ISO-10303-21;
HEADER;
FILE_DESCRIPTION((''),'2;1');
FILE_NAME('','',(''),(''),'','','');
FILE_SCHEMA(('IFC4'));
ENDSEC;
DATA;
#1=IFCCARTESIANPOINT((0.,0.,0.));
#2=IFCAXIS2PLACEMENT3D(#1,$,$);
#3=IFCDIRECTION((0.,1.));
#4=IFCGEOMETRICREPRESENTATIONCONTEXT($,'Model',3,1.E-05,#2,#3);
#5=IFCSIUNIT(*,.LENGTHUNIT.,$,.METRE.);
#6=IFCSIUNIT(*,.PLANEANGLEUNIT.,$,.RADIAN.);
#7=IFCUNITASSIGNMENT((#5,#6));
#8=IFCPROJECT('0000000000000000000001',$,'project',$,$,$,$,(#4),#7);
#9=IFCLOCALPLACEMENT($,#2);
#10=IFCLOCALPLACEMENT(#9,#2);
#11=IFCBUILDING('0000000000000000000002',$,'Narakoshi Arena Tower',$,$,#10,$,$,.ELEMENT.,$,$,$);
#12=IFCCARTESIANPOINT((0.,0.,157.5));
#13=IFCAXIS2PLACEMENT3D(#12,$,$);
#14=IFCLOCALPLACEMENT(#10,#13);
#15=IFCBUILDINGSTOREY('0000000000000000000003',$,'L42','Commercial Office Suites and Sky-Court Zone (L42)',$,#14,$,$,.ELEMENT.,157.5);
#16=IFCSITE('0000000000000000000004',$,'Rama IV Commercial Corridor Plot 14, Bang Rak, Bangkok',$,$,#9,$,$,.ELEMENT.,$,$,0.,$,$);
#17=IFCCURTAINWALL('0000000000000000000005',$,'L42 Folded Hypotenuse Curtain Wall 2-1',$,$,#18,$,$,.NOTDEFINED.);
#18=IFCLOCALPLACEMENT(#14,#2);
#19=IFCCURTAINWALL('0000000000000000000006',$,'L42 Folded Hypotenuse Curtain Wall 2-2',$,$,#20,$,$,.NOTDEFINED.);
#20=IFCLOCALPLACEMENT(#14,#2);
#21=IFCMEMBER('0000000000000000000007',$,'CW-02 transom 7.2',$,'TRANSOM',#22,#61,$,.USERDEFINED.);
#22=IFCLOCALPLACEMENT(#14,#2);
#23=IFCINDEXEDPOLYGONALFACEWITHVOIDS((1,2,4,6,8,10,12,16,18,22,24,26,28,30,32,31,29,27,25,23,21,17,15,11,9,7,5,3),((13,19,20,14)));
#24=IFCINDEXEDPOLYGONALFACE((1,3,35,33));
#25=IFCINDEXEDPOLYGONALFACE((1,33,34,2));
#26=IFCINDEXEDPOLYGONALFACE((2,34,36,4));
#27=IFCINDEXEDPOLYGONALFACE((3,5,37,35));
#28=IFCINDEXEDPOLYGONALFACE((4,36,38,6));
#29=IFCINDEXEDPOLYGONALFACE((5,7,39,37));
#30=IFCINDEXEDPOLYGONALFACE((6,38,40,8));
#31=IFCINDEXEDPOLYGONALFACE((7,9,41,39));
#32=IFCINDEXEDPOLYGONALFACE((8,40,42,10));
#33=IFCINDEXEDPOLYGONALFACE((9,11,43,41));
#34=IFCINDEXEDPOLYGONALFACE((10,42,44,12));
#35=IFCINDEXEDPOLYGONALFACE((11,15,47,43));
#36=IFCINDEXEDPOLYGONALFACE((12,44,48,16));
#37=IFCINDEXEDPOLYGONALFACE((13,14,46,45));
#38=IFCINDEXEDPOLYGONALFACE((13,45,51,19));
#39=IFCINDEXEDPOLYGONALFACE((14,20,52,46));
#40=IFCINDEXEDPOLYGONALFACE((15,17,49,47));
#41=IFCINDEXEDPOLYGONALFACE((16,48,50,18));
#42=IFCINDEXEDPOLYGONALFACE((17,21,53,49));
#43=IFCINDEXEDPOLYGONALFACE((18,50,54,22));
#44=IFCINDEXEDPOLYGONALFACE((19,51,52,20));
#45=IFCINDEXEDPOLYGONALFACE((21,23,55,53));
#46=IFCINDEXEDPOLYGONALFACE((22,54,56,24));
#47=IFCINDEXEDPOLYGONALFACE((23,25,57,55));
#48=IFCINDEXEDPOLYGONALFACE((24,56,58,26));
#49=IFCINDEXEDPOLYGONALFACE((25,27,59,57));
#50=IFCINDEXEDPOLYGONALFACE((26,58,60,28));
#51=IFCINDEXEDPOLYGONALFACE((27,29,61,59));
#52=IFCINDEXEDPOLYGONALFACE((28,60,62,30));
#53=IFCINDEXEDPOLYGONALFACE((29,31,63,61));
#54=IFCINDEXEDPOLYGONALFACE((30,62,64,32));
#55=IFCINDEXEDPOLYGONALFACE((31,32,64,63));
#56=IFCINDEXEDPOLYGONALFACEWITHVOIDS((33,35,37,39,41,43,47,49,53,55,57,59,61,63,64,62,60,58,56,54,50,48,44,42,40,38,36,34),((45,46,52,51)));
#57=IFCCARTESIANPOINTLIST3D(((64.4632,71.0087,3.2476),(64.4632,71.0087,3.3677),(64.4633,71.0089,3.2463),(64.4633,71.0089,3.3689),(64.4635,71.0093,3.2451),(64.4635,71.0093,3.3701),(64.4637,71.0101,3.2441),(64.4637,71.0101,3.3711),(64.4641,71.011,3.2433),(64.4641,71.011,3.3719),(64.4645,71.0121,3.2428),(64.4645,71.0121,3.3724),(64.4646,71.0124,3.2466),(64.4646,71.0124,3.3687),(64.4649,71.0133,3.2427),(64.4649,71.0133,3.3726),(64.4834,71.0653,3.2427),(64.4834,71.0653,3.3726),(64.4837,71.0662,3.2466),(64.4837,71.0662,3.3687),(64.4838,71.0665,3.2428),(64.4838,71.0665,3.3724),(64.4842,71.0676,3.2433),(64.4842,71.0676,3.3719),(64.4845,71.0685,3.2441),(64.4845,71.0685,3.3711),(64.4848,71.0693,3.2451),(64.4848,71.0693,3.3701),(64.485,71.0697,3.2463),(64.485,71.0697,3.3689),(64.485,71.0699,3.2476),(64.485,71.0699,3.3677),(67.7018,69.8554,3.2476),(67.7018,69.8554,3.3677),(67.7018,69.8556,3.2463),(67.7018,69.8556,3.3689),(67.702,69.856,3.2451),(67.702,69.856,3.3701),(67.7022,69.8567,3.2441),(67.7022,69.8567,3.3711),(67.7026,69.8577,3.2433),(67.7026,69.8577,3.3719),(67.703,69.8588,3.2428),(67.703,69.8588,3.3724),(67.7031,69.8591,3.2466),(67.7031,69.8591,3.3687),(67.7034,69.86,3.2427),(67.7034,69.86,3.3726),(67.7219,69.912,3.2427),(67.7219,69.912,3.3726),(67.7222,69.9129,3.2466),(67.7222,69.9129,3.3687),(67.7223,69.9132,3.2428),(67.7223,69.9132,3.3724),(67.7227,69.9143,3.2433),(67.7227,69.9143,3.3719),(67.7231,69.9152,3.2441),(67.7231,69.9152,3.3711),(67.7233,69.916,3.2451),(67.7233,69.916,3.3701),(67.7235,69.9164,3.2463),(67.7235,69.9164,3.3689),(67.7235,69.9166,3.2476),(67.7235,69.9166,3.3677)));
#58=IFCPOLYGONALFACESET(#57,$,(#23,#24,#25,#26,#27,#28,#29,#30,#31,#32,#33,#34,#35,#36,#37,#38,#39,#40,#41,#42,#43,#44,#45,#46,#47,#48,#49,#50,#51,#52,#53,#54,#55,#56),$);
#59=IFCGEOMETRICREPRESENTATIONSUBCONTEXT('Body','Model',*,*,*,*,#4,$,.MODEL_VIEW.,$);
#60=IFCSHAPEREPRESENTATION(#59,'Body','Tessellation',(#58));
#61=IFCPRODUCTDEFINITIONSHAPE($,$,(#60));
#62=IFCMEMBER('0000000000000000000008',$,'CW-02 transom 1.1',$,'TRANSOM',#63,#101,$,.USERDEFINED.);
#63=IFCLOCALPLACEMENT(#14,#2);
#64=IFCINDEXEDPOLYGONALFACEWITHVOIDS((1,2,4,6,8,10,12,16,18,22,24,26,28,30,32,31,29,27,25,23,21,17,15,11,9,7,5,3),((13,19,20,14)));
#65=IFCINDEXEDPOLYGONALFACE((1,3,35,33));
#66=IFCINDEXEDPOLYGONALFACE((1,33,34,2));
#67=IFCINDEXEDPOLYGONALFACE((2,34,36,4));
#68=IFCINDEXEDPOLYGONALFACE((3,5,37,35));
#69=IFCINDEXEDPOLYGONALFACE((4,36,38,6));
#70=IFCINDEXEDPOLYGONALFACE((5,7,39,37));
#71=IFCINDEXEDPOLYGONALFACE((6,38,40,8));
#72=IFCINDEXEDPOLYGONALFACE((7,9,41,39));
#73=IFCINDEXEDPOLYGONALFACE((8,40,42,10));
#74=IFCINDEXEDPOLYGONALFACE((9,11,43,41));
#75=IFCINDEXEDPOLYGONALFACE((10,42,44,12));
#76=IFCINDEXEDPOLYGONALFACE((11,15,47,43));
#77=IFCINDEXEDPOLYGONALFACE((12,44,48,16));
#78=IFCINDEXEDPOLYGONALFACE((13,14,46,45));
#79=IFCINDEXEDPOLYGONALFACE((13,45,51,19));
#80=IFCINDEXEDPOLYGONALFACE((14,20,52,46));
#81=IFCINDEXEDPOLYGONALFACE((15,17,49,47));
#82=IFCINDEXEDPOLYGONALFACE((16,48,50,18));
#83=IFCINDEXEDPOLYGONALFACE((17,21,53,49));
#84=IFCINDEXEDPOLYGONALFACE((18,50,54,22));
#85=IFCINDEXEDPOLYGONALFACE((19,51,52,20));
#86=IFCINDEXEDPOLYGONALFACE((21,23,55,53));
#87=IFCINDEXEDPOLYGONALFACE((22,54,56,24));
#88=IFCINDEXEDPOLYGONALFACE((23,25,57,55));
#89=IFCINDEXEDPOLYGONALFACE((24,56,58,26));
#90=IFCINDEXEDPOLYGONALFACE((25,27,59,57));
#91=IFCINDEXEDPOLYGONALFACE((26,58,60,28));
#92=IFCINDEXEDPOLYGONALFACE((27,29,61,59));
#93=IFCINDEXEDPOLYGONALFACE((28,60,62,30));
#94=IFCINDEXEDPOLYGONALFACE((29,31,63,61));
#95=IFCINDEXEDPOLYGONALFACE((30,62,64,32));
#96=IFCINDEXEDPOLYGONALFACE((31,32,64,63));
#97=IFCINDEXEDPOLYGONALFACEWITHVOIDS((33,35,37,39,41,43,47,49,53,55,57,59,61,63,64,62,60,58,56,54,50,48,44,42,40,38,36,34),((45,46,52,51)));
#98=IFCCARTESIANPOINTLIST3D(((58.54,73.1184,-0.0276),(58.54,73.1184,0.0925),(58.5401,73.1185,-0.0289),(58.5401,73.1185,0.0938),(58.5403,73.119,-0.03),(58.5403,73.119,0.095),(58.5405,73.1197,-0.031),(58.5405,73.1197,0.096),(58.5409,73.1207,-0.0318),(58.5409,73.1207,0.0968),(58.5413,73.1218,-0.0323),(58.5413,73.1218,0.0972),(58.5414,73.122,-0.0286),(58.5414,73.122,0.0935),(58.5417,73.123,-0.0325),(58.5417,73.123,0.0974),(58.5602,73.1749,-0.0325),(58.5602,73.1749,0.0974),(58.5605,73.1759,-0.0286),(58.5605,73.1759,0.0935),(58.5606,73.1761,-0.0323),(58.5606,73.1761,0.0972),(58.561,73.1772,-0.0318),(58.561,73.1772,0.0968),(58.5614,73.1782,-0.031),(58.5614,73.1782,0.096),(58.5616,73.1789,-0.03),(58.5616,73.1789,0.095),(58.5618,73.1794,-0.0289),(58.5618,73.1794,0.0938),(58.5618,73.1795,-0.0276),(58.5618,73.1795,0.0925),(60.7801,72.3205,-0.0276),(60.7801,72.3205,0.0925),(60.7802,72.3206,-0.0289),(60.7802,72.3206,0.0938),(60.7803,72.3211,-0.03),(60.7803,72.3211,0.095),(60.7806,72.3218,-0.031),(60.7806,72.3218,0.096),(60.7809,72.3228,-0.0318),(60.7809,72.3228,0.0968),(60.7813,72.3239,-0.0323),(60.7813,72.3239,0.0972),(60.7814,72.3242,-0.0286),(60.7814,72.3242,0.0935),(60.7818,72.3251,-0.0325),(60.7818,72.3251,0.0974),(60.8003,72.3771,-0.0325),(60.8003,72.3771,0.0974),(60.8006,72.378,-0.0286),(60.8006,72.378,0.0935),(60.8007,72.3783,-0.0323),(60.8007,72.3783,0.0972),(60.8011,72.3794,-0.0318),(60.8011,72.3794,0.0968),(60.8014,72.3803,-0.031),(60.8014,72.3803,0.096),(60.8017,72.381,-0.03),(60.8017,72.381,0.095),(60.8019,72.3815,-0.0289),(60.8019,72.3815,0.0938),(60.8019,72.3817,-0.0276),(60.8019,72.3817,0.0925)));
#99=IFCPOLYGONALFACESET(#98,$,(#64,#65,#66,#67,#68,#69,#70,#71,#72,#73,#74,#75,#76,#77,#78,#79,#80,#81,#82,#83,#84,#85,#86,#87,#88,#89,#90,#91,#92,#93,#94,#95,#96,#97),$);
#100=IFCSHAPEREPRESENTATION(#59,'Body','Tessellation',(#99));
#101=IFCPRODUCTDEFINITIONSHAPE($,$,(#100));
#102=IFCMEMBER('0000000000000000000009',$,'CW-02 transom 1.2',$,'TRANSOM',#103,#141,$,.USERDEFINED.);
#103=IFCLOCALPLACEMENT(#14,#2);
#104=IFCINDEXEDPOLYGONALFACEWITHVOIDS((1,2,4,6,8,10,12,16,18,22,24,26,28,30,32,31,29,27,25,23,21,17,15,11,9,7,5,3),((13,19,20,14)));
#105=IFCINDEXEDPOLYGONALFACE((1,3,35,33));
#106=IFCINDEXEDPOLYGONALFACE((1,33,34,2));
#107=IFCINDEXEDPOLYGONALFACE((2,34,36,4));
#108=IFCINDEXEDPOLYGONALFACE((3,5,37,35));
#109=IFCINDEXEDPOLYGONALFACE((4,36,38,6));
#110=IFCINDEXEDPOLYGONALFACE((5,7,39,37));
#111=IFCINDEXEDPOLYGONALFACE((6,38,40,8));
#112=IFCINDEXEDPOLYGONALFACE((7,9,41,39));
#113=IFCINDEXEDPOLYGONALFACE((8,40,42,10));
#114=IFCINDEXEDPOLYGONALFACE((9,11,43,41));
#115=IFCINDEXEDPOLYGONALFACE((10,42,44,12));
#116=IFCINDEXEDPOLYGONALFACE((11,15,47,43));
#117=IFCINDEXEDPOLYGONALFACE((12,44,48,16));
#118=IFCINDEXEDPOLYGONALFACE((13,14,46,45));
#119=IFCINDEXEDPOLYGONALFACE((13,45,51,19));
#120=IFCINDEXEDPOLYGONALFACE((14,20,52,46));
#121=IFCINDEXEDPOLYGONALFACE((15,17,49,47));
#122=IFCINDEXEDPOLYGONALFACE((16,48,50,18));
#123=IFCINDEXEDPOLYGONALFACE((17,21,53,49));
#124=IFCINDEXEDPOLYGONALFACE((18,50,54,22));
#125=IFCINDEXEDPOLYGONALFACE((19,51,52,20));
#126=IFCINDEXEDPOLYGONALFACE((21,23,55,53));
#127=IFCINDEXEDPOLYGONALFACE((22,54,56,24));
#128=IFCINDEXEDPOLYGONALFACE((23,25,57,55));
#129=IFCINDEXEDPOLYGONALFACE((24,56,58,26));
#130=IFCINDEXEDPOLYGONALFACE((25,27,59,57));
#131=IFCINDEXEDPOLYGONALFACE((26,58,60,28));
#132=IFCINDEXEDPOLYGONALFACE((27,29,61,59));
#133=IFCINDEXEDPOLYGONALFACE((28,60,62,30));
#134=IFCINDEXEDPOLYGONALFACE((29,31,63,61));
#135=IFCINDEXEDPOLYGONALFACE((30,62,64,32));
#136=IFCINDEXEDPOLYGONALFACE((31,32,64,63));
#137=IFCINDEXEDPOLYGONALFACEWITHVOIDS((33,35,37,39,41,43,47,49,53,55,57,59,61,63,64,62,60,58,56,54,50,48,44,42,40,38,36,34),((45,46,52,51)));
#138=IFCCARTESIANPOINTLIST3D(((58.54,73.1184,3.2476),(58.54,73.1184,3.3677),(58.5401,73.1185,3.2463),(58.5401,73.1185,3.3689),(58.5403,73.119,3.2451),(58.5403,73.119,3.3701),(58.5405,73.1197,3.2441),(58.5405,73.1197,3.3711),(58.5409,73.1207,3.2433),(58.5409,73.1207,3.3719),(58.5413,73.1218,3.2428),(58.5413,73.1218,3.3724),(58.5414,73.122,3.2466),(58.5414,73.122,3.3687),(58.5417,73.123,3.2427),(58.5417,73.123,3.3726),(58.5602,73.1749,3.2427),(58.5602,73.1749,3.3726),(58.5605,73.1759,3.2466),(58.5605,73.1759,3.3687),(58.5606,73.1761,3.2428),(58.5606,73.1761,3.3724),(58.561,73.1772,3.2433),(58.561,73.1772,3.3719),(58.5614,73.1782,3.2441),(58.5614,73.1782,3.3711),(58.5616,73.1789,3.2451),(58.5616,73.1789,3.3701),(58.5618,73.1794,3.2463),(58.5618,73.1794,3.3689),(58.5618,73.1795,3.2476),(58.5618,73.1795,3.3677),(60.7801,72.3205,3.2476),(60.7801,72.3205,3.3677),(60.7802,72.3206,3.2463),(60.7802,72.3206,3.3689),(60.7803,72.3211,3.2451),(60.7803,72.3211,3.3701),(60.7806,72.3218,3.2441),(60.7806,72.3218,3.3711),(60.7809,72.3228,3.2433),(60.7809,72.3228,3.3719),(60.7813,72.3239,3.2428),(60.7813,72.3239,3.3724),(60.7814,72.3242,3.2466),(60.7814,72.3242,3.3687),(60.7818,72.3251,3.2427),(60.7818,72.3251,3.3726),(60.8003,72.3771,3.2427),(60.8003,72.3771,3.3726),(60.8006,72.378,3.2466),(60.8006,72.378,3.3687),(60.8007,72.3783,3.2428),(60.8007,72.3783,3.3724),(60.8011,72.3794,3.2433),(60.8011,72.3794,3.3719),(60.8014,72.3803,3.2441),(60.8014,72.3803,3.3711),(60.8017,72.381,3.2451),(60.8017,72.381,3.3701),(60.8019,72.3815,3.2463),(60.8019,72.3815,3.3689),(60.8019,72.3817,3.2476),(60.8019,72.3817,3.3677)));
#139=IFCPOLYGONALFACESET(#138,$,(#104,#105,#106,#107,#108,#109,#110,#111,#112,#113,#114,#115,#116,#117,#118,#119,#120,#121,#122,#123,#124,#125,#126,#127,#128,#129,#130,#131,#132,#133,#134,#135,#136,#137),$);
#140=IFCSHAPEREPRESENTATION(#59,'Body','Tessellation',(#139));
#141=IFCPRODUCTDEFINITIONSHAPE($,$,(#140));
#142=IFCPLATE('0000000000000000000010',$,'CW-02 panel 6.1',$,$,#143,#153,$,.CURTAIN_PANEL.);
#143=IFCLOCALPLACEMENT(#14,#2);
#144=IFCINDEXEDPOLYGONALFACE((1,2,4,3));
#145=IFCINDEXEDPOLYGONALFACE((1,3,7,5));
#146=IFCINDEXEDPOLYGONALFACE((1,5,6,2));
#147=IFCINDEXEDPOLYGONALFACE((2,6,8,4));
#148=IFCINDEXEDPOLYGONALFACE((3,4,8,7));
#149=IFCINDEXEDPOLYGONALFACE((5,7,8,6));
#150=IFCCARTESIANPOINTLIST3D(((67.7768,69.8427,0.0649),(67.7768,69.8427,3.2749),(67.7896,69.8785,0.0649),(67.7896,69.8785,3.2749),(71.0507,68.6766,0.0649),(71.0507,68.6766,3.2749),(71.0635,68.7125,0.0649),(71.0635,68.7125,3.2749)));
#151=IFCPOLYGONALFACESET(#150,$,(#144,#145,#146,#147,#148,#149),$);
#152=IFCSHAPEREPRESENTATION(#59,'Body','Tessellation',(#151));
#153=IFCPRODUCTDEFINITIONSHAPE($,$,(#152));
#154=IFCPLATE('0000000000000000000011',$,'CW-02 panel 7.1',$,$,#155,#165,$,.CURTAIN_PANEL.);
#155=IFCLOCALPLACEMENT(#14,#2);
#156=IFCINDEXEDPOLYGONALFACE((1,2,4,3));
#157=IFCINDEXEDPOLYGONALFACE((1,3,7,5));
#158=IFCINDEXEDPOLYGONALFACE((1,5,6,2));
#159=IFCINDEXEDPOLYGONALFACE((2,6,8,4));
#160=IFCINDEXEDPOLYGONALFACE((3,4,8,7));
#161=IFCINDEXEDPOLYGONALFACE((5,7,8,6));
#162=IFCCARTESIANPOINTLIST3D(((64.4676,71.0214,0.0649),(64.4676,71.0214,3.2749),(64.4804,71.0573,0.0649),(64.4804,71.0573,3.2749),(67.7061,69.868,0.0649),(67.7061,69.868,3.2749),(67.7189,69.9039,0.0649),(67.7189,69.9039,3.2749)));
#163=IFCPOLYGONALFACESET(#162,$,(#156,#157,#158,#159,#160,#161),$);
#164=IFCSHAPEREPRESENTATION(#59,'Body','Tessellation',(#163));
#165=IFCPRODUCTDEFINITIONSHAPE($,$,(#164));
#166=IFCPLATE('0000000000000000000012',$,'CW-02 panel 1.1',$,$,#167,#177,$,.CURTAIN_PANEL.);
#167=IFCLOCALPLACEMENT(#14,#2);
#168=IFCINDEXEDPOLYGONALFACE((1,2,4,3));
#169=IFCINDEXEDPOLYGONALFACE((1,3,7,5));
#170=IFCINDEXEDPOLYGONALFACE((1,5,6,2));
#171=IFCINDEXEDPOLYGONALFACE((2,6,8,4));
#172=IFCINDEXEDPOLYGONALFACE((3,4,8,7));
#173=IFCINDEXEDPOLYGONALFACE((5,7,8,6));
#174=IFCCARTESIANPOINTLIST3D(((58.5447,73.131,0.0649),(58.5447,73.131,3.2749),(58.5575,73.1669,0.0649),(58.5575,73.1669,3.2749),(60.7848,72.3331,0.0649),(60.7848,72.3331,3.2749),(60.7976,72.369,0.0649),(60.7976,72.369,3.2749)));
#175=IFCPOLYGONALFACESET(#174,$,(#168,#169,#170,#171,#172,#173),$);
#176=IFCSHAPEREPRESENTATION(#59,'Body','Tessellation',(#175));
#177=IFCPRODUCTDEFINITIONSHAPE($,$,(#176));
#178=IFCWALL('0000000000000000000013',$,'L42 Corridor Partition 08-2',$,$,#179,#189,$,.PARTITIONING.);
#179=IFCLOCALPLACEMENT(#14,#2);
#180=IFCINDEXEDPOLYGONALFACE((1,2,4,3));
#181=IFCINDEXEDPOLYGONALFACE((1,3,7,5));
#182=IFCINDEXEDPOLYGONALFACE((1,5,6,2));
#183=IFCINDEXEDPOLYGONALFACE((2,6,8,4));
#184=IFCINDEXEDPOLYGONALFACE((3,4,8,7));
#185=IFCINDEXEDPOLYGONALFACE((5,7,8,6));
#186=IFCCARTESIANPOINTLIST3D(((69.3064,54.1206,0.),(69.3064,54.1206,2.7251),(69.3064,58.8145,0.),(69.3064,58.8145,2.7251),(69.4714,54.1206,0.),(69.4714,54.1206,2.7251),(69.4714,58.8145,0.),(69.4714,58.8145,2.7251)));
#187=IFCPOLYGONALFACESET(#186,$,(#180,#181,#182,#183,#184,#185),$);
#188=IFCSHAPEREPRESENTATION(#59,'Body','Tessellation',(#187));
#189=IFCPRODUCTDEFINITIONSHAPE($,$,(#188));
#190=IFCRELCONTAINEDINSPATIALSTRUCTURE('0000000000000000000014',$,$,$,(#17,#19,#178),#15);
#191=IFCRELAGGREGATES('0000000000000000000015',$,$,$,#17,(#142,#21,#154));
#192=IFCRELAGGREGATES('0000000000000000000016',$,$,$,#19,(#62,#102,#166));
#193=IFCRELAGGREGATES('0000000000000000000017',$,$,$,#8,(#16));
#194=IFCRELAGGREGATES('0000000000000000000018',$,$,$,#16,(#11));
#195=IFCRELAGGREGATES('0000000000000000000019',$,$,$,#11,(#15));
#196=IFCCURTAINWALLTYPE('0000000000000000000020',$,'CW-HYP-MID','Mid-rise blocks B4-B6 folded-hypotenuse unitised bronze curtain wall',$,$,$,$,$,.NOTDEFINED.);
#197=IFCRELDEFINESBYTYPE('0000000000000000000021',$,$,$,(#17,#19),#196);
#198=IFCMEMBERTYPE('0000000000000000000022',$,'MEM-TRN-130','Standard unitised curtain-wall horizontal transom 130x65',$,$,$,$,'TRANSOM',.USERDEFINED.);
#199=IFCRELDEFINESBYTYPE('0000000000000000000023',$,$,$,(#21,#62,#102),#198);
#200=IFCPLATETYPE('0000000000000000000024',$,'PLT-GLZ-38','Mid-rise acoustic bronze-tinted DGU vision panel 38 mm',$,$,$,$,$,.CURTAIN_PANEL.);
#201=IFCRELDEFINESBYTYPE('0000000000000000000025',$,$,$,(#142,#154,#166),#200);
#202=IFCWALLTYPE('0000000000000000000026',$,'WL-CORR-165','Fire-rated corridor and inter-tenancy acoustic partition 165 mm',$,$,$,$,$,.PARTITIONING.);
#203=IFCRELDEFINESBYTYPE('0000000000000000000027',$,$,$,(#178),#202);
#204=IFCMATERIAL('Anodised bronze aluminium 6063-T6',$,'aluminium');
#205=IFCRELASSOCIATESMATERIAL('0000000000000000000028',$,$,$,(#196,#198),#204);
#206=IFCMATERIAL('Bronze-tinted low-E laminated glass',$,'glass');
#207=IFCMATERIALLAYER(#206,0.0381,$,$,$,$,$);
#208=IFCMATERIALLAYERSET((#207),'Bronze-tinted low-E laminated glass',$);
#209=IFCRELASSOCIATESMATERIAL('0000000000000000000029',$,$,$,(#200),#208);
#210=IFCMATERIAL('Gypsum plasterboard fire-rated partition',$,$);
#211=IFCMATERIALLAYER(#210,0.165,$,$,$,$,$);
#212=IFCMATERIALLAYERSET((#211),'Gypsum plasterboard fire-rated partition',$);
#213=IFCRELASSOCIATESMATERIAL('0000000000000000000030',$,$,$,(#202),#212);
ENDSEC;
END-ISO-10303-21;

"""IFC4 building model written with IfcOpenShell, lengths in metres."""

from ifc_helpers import new_model, si_unit, direction, frame, frame_2d, origin, origin_2d, place, context, subcontext, project, spatial, rectangle, hollow_rectangle, extrude, material, layer, layer_set, material_profile, profile_set, type_object, element, aggregate, save


model = new_model("IFC4")

# Units and contexts
model_context = context("Model", 3, precision=1e-05, world=origin(), true_north=direction((0.0, 1.0)))
body_context = subcontext(model_context, "Body", "Model", "MODEL_VIEW")
ifc_project = project(units=[si_unit("LENGTHUNIT", "METRE"), si_unit("PLANEANGLEUNIT", "RADIAN")], contexts=[model_context])

# Site, building, storey
site_placement = place(None, origin())
site = spatial("IfcSite", under=ifc_project, at=site_placement, Name="Rama IV Commercial Corridor Plot 14, Bang Rak, Bangkok", CompositionType="ELEMENT", RefElevation=0.0)
building_placement = place(site_placement, origin())
building = spatial("IfcBuilding", under=site, at=building_placement, Name="Narakoshi Arena Tower", CompositionType="ELEMENT")
storey_placement = place(building_placement, frame((0.0, 0.0, 157.5)))
storey = spatial("IfcBuildingStorey", under=building, at=storey_placement, Name="L42", Description="Commercial Office Suites and Sky-Court Zone (L42)", CompositionType="ELEMENT", Elevation=157.5)

# Curtain walls
ifc_material_1 = material(Name="Anodised bronze aluminium 6063-T6", Category="aluminium")
curtain_wall_type = type_object("IfcCurtainWallType", Name="CW-HYP-MID", Description="Mid-rise blocks B4-B6 folded-hypotenuse unitised bronze curtain wall", PredefinedType="NOTDEFINED", material=ifc_material_1)
curtain_wall_1_placement = place(storey_placement, origin())
curtain_wall_1 = element("IfcCurtainWall", 1, at=curtain_wall_1_placement, inside=storey, type_object=curtain_wall_type, Name="L42 Folded Hypotenuse Curtain Wall 2-1", PredefinedType="NOTDEFINED")
curtain_wall_2_placement = place(storey_placement, origin())
curtain_wall_2 = element("IfcCurtainWall", 2, at=curtain_wall_2_placement, inside=storey, type_object=curtain_wall_type, Name="L42 Folded Hypotenuse Curtain Wall 2-2", PredefinedType="NOTDEFINED")

# Members
ifc_material_profile_1 = material_profile(ifc_material_1, hollow_rectangle(XDim=0.0649, YDim=0.1299, WallThickness=0.0039, OuterFilletRadius=0.0049, at=origin_2d()), Name="TRN130x65x4")
ifc_profile_set_1 = profile_set([ifc_material_profile_1], Name="Anodised bronze aluminium 6063-T6")
member_type_1 = type_object("IfcMemberType", Name="MEM-TRN-130", Description="Standard unitised curtain-wall horizontal transom 130x65", ElementType="TRANSOM", PredefinedType="USERDEFINED", material=ifc_profile_set_1)
member_1_placement = place(storey_placement, frame((67.7126, 69.886, 3.3076), z_axis=(-0.942045, 0.335486, 0.0), x_axis=(-0.335486, -0.942045, 0.0)))
member_1 = element("IfcMember", 3, at=member_1_placement, type_object=member_type_1, Name="CW-02 transom 7.2", ObjectType="TRANSOM", PredefinedType="USERDEFINED", context=body_context, shape_type="SweptSolid", body=[
    extrude(hollow_rectangle(XDim=0.0649, YDim=0.1299, WallThickness=0.0039, OuterFilletRadius=0.0049, at=origin_2d()), origin(), (0.0, 0.0, 1.0), 3.4377),
])
member_2_placement = place(storey_placement, frame((60.791, 72.3511, 0.0325), z_axis=(-0.942027, 0.335536, 0.0), x_axis=(-0.335536, -0.942027, 0.0)))
member_2 = element("IfcMember", 4, at=member_2_placement, type_object=member_type_1, Name="CW-02 transom 1.1", ObjectType="TRANSOM", PredefinedType="USERDEFINED", context=body_context, shape_type="SweptSolid", body=[
    extrude(hollow_rectangle(XDim=0.0649, YDim=0.1299, WallThickness=0.0039, OuterFilletRadius=0.0049, at=origin_2d()), origin(), (0.0, 0.0, 1.0), 2.3779),
])
member_3_placement = place(storey_placement, frame((60.791, 72.3511, 3.3076), z_axis=(-0.942027, 0.335536, 0.0), x_axis=(-0.335536, -0.942027, 0.0)))
member_3 = element("IfcMember", 5, at=member_3_placement, type_object=member_type_1, Name="CW-02 transom 1.2", ObjectType="TRANSOM", PredefinedType="USERDEFINED", context=body_context, shape_type="SweptSolid", body=[
    extrude(hollow_rectangle(XDim=0.0649, YDim=0.1299, WallThickness=0.0039, OuterFilletRadius=0.0049, at=origin_2d()), origin(), (0.0, 0.0, 1.0), 2.3779),
])

# Plates
ifc_material_2 = material(Name="Bronze-tinted low-E laminated glass", Category="glass")
ifc_layer_1 = layer(ifc_material_2, 0.0381)
ifc_layer_set_1 = layer_set([ifc_layer_1], Name="Bronze-tinted low-E laminated glass")
plate_type = type_object("IfcPlateType", Name="PLT-GLZ-38", Description="Mid-rise acoustic bronze-tinted DGU vision panel 38 mm", PredefinedType="CURTAIN_PANEL", material=ifc_layer_set_1)
plate_1_placement = place(storey_placement, frame((69.4202, 69.2776, 0.0649), z_axis=(0.0, 0.0, 1.0), x_axis=(-0.942034, 0.335518, 0.0)))
plate_1 = element("IfcPlate", 6, at=plate_1_placement, type_object=plate_type, Name="CW-02 panel 6.1", PredefinedType="CURTAIN_PANEL", context=body_context, shape_type="SweptSolid", body=[
    extrude(rectangle(XDim=3.4753, YDim=0.0381, at=origin_2d()), origin(), (0.0, 0.0, 1.0), 3.21),
])
plate_2_placement = place(storey_placement, frame((66.0933, 70.4626, 0.0649), z_axis=(0.0, 0.0, 1.0), x_axis=(-0.942034, 0.335518, 0.0)))
plate_2 = element("IfcPlate", 7, at=plate_2_placement, type_object=plate_type, Name="CW-02 panel 7.1", PredefinedType="CURTAIN_PANEL", context=body_context, shape_type="SweptSolid", body=[
    extrude(rectangle(XDim=3.4377, YDim=0.0381, at=origin_2d()), origin(), (0.0, 0.0, 1.0), 3.21),
])
aggregate(curtain_wall_1, [plate_1, member_1, plate_2])
plate_3_placement = place(storey_placement, frame((59.6711, 72.75, 0.0649), z_axis=(0.0, 0.0, 1.0), x_axis=(-0.942025, 0.335542, 0.0)))
plate_3 = element("IfcPlate", 8, at=plate_3_placement, type_object=plate_type, Name="CW-02 panel 1.1", PredefinedType="CURTAIN_PANEL", context=body_context, shape_type="SweptSolid", body=[
    extrude(rectangle(XDim=2.3779, YDim=0.0381, at=origin_2d()), origin(), (0.0, 0.0, 1.0), 3.21),
])
aggregate(curtain_wall_2, [member_2, member_3, plate_3])

# Wall
ifc_material_3 = material(Name="Gypsum plasterboard fire-rated partition")
ifc_layer_2 = layer(ifc_material_3, 0.165)
ifc_layer_set_2 = layer_set([ifc_layer_2], Name="Gypsum plasterboard fire-rated partition")
wall_type_1 = type_object("IfcWallType", Name="WL-CORR-165", Description="Fire-rated corridor and inter-tenancy acoustic partition 165 mm", PredefinedType="PARTITIONING", material=ifc_layer_set_2)
wall_1_placement = place(storey_placement, frame((69.3889, 58.8145, 0.0), z_axis=(0.0, 0.0, 1.0), x_axis=(0.0, -1.0, 0.0)))
element("IfcWall", 9, at=wall_1_placement, inside=storey, type_object=wall_type_1, Name="L42 Corridor Partition 08-2", PredefinedType="PARTITIONING", context=body_context, shape_type="SweptSolid", body=[
    extrude(rectangle(XDim=4.6938, YDim=0.165, at=frame_2d((2.3469, 0.0))), origin(), (0.0, 0.0, 1.0), 2.7251),
])

save(model, "model.ifc")
